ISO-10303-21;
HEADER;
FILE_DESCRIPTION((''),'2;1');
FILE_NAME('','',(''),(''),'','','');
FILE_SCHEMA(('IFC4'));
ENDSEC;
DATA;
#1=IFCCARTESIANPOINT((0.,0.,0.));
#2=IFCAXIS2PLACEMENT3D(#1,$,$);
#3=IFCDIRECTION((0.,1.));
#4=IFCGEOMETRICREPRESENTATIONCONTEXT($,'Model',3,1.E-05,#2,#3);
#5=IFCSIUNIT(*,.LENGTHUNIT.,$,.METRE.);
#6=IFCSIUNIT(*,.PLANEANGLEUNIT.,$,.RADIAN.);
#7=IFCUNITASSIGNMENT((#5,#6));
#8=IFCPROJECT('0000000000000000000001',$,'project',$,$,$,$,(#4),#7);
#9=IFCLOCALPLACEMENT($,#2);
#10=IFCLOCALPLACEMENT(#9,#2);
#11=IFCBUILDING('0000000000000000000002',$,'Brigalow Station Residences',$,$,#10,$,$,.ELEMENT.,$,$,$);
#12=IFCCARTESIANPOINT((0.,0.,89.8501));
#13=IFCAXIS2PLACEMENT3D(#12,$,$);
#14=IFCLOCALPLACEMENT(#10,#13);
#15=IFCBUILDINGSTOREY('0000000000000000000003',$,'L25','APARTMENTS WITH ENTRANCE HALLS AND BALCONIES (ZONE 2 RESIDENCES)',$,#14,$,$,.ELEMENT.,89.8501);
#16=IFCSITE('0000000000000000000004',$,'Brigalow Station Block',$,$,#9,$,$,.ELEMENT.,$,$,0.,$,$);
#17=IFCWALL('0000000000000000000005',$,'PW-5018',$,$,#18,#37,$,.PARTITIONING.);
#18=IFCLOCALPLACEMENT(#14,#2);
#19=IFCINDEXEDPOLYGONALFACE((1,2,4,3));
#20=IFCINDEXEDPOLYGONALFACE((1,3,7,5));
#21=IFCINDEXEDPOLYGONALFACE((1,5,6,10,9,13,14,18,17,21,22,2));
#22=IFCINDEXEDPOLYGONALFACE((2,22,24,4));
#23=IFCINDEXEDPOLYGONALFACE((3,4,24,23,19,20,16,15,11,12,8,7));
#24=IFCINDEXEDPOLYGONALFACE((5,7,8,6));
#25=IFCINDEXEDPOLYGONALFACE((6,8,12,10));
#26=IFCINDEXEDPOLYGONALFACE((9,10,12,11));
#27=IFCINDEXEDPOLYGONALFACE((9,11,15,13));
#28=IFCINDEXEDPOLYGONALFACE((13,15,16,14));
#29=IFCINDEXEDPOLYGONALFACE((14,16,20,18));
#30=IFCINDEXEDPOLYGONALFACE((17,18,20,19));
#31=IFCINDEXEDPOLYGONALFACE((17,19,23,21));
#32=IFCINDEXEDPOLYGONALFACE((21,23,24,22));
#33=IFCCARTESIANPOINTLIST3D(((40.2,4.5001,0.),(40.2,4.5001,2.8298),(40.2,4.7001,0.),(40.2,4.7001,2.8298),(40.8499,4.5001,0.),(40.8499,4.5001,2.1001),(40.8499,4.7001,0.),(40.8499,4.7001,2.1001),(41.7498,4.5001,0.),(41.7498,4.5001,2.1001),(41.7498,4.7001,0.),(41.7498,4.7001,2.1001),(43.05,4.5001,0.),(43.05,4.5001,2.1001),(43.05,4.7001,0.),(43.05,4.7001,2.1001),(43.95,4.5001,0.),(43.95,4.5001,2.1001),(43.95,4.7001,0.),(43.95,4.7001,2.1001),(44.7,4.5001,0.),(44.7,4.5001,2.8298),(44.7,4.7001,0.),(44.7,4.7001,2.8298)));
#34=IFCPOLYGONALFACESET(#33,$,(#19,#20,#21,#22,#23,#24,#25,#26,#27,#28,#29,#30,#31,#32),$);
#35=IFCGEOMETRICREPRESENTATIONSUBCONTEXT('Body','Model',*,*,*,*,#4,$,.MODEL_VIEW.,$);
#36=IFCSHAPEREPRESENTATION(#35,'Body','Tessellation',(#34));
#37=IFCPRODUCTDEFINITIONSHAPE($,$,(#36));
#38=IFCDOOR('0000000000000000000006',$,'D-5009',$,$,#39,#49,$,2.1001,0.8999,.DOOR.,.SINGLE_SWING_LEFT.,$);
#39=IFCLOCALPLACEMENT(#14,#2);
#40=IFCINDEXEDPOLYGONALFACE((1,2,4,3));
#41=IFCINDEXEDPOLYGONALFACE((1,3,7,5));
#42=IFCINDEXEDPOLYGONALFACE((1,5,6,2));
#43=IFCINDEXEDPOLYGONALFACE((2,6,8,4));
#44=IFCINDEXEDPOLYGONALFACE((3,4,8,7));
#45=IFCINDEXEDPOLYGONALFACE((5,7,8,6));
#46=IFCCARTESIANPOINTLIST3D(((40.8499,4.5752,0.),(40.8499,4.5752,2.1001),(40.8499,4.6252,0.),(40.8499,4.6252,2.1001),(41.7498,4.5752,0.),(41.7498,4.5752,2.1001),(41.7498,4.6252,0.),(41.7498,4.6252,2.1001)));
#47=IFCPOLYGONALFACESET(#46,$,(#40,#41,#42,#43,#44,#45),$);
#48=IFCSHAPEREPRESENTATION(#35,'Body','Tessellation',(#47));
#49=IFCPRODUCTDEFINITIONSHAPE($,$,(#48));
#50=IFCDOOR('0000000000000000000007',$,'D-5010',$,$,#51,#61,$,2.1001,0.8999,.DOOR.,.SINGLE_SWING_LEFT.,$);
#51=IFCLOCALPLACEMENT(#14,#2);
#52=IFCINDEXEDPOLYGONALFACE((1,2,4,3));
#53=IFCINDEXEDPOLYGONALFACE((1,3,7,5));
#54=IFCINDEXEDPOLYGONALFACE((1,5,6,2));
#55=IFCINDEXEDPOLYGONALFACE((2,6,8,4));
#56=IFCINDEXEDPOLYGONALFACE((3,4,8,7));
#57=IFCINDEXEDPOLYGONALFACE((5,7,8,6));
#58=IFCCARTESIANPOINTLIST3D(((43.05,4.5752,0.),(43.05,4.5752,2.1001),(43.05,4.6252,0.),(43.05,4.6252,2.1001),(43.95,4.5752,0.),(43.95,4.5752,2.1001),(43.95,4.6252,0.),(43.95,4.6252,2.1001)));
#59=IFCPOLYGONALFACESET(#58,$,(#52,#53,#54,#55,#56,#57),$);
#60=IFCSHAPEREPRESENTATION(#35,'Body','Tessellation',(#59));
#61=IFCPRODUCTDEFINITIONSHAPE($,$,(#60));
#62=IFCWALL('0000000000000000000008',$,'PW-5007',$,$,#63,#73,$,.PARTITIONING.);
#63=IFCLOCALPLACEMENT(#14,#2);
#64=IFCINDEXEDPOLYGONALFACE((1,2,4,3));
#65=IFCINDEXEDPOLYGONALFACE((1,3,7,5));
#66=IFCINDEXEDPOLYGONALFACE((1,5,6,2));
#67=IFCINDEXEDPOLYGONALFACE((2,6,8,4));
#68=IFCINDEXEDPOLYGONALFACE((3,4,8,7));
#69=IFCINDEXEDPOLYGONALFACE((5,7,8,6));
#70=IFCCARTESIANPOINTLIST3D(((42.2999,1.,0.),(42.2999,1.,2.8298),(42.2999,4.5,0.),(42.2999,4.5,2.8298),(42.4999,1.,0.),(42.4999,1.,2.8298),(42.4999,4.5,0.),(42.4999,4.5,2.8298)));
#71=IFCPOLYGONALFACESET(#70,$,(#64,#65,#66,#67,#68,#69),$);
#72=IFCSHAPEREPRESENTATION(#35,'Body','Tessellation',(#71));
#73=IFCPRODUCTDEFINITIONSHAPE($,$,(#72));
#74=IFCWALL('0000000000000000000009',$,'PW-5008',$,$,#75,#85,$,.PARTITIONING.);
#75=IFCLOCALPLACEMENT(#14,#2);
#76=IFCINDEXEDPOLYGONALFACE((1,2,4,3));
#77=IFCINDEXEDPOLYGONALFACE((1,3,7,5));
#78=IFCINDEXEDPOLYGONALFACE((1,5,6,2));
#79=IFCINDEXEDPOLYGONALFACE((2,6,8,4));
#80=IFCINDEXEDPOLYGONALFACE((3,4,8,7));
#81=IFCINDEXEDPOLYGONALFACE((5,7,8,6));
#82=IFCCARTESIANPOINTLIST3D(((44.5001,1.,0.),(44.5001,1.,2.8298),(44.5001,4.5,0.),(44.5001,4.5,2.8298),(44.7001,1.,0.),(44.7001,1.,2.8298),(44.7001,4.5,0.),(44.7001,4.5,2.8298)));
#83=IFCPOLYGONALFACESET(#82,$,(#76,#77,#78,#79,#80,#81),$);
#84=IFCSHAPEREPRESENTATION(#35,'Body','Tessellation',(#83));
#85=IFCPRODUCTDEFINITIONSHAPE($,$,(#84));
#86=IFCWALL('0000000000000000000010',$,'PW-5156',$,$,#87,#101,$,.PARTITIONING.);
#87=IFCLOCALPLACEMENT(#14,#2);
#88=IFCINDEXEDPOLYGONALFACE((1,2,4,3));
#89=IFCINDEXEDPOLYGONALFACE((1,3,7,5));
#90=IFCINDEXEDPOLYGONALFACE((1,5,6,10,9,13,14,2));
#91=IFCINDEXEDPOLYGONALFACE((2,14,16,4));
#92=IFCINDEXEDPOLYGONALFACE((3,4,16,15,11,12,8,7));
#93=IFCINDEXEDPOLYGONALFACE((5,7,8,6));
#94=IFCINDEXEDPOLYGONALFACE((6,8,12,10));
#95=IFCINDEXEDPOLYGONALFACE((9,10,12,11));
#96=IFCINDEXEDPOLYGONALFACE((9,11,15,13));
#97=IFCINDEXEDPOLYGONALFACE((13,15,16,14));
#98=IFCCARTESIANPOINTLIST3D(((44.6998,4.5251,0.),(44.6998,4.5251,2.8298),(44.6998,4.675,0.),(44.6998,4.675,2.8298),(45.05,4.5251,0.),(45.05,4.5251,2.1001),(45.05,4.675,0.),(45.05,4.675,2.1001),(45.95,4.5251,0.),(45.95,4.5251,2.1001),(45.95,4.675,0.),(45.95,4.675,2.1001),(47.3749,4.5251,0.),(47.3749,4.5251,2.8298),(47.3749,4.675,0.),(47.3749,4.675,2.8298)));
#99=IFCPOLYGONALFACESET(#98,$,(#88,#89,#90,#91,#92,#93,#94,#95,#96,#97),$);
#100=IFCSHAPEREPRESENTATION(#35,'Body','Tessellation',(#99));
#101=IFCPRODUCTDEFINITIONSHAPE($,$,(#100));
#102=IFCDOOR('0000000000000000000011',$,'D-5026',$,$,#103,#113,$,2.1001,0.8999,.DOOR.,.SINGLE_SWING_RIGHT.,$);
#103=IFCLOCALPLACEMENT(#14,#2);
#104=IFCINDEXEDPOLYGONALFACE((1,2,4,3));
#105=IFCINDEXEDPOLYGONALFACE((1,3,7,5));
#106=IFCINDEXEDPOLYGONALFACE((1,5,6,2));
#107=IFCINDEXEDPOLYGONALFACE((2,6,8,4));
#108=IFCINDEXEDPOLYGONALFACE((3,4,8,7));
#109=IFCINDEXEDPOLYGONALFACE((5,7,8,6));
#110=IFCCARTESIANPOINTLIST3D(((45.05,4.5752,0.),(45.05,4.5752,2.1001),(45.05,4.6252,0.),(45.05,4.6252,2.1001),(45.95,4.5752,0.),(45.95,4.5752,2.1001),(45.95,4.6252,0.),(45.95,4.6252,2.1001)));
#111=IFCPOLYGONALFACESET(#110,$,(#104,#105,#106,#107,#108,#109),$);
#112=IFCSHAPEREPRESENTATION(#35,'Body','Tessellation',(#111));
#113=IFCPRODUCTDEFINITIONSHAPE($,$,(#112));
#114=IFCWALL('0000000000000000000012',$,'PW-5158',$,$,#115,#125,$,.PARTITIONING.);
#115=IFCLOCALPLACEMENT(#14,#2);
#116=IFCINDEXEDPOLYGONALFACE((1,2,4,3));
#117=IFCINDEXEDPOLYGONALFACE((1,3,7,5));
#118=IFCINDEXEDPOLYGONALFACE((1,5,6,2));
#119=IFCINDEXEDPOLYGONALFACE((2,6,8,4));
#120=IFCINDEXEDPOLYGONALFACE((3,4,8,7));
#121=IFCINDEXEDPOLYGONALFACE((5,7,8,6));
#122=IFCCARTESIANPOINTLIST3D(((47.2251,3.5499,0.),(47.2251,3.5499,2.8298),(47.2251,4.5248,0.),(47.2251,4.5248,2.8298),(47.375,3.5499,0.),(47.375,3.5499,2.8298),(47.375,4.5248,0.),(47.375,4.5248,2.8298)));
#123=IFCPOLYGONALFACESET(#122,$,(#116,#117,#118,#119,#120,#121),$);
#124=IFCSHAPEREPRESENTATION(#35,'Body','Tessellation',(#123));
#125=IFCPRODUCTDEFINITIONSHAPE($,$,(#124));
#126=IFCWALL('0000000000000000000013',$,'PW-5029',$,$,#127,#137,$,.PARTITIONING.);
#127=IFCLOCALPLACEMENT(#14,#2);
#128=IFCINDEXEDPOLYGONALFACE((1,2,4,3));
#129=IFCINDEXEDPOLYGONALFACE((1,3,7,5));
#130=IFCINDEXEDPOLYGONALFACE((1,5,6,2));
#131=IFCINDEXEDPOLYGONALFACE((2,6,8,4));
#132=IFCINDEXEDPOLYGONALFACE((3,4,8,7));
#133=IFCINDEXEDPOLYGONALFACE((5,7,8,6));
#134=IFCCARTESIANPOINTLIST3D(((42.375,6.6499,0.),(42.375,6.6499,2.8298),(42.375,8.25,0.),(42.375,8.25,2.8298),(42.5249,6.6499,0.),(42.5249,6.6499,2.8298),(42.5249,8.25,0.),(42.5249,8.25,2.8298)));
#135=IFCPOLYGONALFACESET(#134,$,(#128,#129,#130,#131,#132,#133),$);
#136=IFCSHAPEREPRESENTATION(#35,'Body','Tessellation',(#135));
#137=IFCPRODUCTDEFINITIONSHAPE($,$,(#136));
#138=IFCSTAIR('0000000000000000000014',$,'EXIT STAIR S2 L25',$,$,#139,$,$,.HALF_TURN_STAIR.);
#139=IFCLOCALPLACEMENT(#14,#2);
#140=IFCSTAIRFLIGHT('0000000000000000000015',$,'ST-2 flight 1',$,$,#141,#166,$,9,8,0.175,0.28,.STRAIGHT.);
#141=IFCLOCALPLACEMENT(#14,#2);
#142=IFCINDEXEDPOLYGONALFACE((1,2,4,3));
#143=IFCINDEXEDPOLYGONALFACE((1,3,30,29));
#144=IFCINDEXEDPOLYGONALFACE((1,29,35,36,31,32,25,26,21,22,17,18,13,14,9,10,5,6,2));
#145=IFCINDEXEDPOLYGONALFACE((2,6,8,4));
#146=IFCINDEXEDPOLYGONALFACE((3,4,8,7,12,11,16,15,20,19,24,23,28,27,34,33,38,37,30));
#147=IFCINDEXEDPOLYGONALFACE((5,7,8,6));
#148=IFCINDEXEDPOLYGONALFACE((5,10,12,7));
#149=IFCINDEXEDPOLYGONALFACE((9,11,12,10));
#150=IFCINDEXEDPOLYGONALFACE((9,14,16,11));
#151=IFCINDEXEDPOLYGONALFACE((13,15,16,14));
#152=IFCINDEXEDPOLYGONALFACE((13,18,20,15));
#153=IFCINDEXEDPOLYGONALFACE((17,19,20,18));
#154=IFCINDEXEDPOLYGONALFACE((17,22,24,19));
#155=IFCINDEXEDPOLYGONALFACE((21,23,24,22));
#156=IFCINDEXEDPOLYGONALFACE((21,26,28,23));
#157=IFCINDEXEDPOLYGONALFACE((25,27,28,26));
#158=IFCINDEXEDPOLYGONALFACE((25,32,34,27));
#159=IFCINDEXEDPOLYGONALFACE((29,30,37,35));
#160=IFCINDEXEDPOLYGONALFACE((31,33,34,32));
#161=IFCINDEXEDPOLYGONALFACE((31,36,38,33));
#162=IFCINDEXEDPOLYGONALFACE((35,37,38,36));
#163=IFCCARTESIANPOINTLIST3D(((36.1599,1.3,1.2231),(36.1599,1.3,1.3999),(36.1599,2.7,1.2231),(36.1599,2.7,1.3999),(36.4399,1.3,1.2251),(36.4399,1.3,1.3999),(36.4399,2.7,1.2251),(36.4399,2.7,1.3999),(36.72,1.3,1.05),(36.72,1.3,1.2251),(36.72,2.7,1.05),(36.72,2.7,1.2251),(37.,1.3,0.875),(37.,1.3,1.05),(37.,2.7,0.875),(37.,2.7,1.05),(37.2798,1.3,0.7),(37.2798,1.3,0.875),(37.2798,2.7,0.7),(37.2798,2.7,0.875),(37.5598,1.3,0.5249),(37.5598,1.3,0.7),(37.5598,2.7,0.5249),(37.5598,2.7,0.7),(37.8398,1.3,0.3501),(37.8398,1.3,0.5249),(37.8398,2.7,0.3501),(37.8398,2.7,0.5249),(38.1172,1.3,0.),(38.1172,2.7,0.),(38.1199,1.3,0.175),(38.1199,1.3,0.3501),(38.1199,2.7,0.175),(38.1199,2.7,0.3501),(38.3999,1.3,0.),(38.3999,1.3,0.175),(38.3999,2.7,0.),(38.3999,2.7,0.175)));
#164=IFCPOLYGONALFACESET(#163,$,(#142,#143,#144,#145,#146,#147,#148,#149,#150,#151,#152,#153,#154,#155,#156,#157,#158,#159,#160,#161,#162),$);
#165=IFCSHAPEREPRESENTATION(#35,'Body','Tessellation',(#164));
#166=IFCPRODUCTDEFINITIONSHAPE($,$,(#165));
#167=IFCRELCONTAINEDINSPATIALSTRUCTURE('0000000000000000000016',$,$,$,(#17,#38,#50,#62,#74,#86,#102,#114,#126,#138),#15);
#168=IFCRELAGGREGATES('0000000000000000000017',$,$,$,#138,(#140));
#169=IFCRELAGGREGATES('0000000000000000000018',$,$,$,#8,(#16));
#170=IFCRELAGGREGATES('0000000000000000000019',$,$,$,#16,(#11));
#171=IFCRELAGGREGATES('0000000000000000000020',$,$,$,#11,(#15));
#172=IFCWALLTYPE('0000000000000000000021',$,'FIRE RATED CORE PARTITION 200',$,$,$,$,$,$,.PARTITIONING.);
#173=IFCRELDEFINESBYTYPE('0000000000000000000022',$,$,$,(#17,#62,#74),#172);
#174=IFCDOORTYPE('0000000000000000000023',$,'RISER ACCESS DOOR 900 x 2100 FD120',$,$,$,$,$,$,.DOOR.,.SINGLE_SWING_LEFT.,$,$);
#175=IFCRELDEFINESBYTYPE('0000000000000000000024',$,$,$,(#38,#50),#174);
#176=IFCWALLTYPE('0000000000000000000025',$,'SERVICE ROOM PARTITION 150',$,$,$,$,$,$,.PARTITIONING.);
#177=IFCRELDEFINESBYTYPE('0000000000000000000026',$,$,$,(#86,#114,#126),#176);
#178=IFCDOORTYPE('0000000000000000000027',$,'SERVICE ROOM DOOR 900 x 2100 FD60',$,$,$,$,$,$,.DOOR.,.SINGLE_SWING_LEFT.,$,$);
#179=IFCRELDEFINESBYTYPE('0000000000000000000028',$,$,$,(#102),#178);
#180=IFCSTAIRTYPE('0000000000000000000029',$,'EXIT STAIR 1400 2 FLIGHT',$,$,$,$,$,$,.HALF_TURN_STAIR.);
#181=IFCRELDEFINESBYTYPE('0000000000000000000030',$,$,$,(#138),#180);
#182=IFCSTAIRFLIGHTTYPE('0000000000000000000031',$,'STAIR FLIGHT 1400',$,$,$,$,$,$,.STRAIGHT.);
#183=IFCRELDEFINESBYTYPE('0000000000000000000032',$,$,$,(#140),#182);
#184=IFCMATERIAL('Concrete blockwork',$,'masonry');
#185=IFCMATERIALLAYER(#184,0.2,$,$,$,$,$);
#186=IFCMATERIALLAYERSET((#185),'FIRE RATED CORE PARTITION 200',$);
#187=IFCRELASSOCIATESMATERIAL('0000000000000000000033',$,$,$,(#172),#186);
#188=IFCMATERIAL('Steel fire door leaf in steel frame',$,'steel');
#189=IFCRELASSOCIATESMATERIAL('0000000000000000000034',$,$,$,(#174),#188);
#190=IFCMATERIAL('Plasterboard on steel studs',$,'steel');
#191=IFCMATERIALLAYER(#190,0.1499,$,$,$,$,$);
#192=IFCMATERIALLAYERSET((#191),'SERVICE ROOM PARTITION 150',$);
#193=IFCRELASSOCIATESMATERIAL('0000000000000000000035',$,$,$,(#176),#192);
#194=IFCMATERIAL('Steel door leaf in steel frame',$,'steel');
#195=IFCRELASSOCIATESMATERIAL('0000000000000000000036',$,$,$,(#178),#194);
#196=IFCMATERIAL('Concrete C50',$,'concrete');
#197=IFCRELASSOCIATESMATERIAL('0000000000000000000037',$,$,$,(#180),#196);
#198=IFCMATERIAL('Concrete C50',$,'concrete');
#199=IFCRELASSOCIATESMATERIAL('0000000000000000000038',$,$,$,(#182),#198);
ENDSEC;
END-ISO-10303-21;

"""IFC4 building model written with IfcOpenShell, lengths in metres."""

from ifc_helpers import new_model, si_unit, direction, frame, frame_2d, origin, place, context, subcontext, project, spatial, polyline, rectangle, outline, extrude, material, layer, layer_set, type_object, element, fill, aggregate, save


model = new_model("IFC4")

# Units and contexts
model_context = context("Model", 3, precision=1e-05, world=origin(), true_north=direction((0.0, 1.0)))
body_context = subcontext(model_context, "Body", "Model", "MODEL_VIEW")
ifc_project = project(units=[si_unit("LENGTHUNIT", "METRE"), si_unit("PLANEANGLEUNIT", "RADIAN")], contexts=[model_context])

# Site, building, storey
site_placement = place(None, origin())
site = spatial("IfcSite", under=ifc_project, at=site_placement, Name="Brigalow Station Block", CompositionType="ELEMENT", RefElevation=0.0)
building_placement = place(site_placement, origin())
building = spatial("IfcBuilding", under=site, at=building_placement, Name="Brigalow Station Residences", CompositionType="ELEMENT")
storey_placement = place(building_placement, frame((0.0, 0.0, 89.8501)))
storey = spatial("IfcBuildingStorey", under=building, at=storey_placement, Name="L25", Description="APARTMENTS WITH ENTRANCE HALLS AND BALCONIES (ZONE 2 RESIDENCES)", CompositionType="ELEMENT", Elevation=89.8501)

# Wall, openings, doors
ifc_material_1 = material(Name="Concrete blockwork", Category="masonry")
ifc_layer_1 = layer(ifc_material_1, 0.2)
ifc_layer_set_1 = layer_set([ifc_layer_1], Name="FIRE RATED CORE PARTITION 200")
wall_type_1 = type_object("IfcWallType", Name="FIRE RATED CORE PARTITION 200", PredefinedType="PARTITIONING", material=ifc_layer_set_1)
wall_1_placement = place(storey_placement, frame((40.2, 4.6001, 0.0), z_axis=(0.0, 0.0, 1.0), x_axis=(1.0, 0.0, 0.0)))
wall_1 = element("IfcWall", 1, at=wall_1_placement, inside=storey, type_object=wall_type_1, Name="PW-5018", PredefinedType="PARTITIONING", context=body_context, shape_type="SweptSolid", body=[
    extrude(rectangle(XDim=4.5, YDim=0.2, at=frame_2d((2.25, 0.0))), origin(), (0.0, 0.0, 1.0), 2.8298),
])
opening_1_placement = place(wall_1_placement, frame((0.6499, 0.0, 0.0)))
opening_1 = element("IfcOpeningElement", 2, at=opening_1_placement, cuts=wall_1, PredefinedType="OPENING", context=body_context, shape_type="SweptSolid", body=[
    extrude(rectangle(XDim=0.8999, YDim=2.1001, at=frame_2d((0.45, 1.05))), frame((0.0, 0.1099, 0.0), z_axis=(0.0, -1.0, 0.0), x_axis=(1.0, 0.0, 0.0)), (0.0, 0.0, 1.0), 0.22),
])
opening_2_placement = place(wall_1_placement, frame((2.8501, 0.0, 0.0)))
opening_2 = element("IfcOpeningElement", 3, at=opening_2_placement, cuts=wall_1, PredefinedType="OPENING", context=body_context, shape_type="SweptSolid", body=[
    extrude(rectangle(XDim=0.8999, YDim=2.1001, at=frame_2d((0.45, 1.05))), frame((0.0, 0.1099, 0.0), z_axis=(0.0, -1.0, 0.0), x_axis=(1.0, 0.0, 0.0)), (0.0, 0.0, 1.0), 0.22),
])
ifc_material_2 = material(Name="Steel fire door leaf in steel frame", Category="steel")
door_type_1 = type_object("IfcDoorType", Name="RISER ACCESS DOOR 900 x 2100 FD120", OperationType="SINGLE_SWING_LEFT", PredefinedType="DOOR", material=ifc_material_2)
door_1_placement = place(opening_1_placement, frame((0.8999, 0.0, 0.0), z_axis=(0.0, 0.0, 1.0), x_axis=(-1.0, 0.0, 0.0)))
door_1 = element("IfcDoor", 4, at=door_1_placement, inside=storey, type_object=door_type_1, Name="D-5009", OperationType="SINGLE_SWING_LEFT", OverallHeight=2.1001, OverallWidth=0.8999, PredefinedType="DOOR", context=body_context, shape_type="SweptSolid", body=[
    extrude(rectangle(XDim=0.8999, YDim=2.1001, at=frame_2d((0.45, 1.05))), frame((0.0, 0.0249, 0.0), z_axis=(0.0, -1.0, 0.0), x_axis=(1.0, 0.0, 0.0)), (0.0, 0.0, 1.0), 0.05),
])
fill(opening_1, door_1)
door_2_placement = place(opening_2_placement, frame((0.8999, 0.0, 0.0), z_axis=(0.0, 0.0, 1.0), x_axis=(-1.0, 0.0, 0.0)))
door_2 = element("IfcDoor", 5, at=door_2_placement, inside=storey, type_object=door_type_1, Name="D-5010", OperationType="SINGLE_SWING_LEFT", OverallHeight=2.1001, OverallWidth=0.8999, PredefinedType="DOOR", context=body_context, shape_type="SweptSolid", body=[
    extrude(rectangle(XDim=0.8999, YDim=2.1001, at=frame_2d((0.45, 1.05))), frame((0.0, 0.0249, 0.0), z_axis=(0.0, -1.0, 0.0), x_axis=(1.0, 0.0, 0.0)), (0.0, 0.0, 1.0), 0.05),
])
fill(opening_2, door_2)

# Walls
for number, where, z_axis, x_axis, name in (
    (6, (42.3999, 1.0, 0.0), (0.0, 0.0, 1.0), (0.0, 1.0, 0.0), "PW-5007"),
    (7, (44.6001, 1.0, 0.0), (0.0, 0.0, 1.0), (0.0, 1.0, 0.0), "PW-5008"),
):
    element("IfcWall", number, at=place(storey_placement, frame(where, z_axis=z_axis, x_axis=x_axis)), inside=storey, type_object=wall_type_1, Name=name, PredefinedType="PARTITIONING", context=body_context, shape_type="SweptSolid", body=[
        extrude(rectangle(XDim=3.5, YDim=0.2, at=frame_2d((1.75, 0.0))), origin(), (0.0, 0.0, 1.0), 2.8298),
    ])

# Wall, opening, door
ifc_material_3 = material(Name="Plasterboard on steel studs", Category="steel")
ifc_layer_2 = layer(ifc_material_3, 0.1499)
ifc_layer_set_2 = layer_set([ifc_layer_2], Name="SERVICE ROOM PARTITION 150")
wall_type_2 = type_object("IfcWallType", Name="SERVICE ROOM PARTITION 150", PredefinedType="PARTITIONING", material=ifc_layer_set_2)
wall_2_placement = place(storey_placement, frame((44.7, 4.6001, 0.0), z_axis=(0.0, 0.0, 1.0), x_axis=(1.0, 0.0, 0.0)))
wall_2 = element("IfcWall", 8, at=wall_2_placement, inside=storey, type_object=wall_type_2, Name="PW-5156", PredefinedType="PARTITIONING", context=body_context, shape_type="SweptSolid", body=[
    extrude(rectangle(XDim=2.675, YDim=0.1499, at=frame_2d((1.3374, 0.0))), origin(), (0.0, 0.0, 1.0), 2.8298),
])
opening_3_placement = place(wall_2_placement, frame((0.3501, 0.0, 0.0)))
opening_3 = element("IfcOpeningElement", 9, at=opening_3_placement, cuts=wall_2, PredefinedType="OPENING", context=body_context, shape_type="SweptSolid", body=[
    extrude(rectangle(XDim=0.8999, YDim=2.1001, at=frame_2d((0.45, 1.05))), frame((0.0, 0.085, 0.0), z_axis=(0.0, -1.0, 0.0), x_axis=(1.0, 0.0, 0.0)), (0.0, 0.0, 1.0), 0.1699),
])
ifc_material_4 = material(Name="Steel door leaf in steel frame", Category="steel")
door_type_2 = type_object("IfcDoorType", Name="SERVICE ROOM DOOR 900 x 2100 FD60", OperationType="SINGLE_SWING_LEFT", PredefinedType="DOOR", material=ifc_material_4)
door_3_placement = place(opening_3_placement, frame((0.8999, 0.0, 0.0), z_axis=(0.0, 0.0, 1.0), x_axis=(-1.0, 0.0, 0.0)))
door_3 = element("IfcDoor", 10, at=door_3_placement, inside=storey, type_object=door_type_2, Name="D-5026", OperationType="SINGLE_SWING_RIGHT", OverallHeight=2.1001, OverallWidth=0.8999, PredefinedType="DOOR", context=body_context, shape_type="SweptSolid", body=[
    extrude(rectangle(XDim=0.8999, YDim=2.1001, at=frame_2d((0.45, 1.05))), frame((0.0, 0.0249, 0.0), z_axis=(0.0, -1.0, 0.0), x_axis=(1.0, 0.0, 0.0)), (0.0, 0.0, 1.0), 0.05),
])
fill(opening_3, door_3)

# Walls
wall_3_placement = place(storey_placement, frame((47.3, 3.55, 0.0), z_axis=(0.0, 0.0, 1.0), x_axis=(0.0, 1.0, 0.0)))
element("IfcWall", 11, at=wall_3_placement, inside=storey, type_object=wall_type_2, Name="PW-5158", PredefinedType="PARTITIONING", context=body_context, shape_type="SweptSolid", body=[
    extrude(rectangle(XDim=0.9749, YDim=0.1499, at=frame_2d((0.4873, 0.0))), origin(), (0.0, 0.0, 1.0), 2.8298),
])
wall_4_placement = place(storey_placement, frame((42.45, 6.6499, 0.0), z_axis=(0.0, 0.0, 1.0), x_axis=(0.0, 1.0, 0.0)))
element("IfcWall", 12, at=wall_4_placement, inside=storey, type_object=wall_type_2, Name="PW-5029", PredefinedType="PARTITIONING", context=body_context, shape_type="SweptSolid", body=[
    extrude(rectangle(XDim=1.6001, YDim=0.1499, at=frame_2d((0.8, 0.0))), origin(), (0.0, 0.0, 1.0), 2.8298),
])

# Stair, stair flight
ifc_material_5 = material(Name="Concrete C50", Category="concrete")
stair_type = type_object("IfcStairType", Name="EXIT STAIR 1400 2 FLIGHT", PredefinedType="HALF_TURN_STAIR", material=ifc_material_5)
stair_placement = place(storey_placement, origin())
stair = element("IfcStair", 13, at=stair_placement, inside=storey, type_object=stair_type, Name="EXIT STAIR S2 L25", PredefinedType="HALF_TURN_STAIR")
ifc_material_6 = material(Name="Concrete C50", Category="concrete")
stair_flight_type = type_object("IfcStairFlightType", Name="STAIR FLIGHT 1400", PredefinedType="STRAIGHT", material=ifc_material_6)
stair_flight_placement = place(storey_placement, frame((38.3999, 2.0, 0.0), z_axis=(0.0, 0.0, 1.0), x_axis=(-1.0, 0.0, 0.0)))
stair_flight = element("IfcStairFlight", 14, at=stair_flight_placement, type_object=stair_flight_type, Name="ST-2 flight 1", NumberOfRisers=9, NumberOfTreads=8, PredefinedType="STRAIGHT", RiserHeight=0.175, TreadLength=0.28, context=body_context, shape_type="SweptSolid", body=[
    extrude(outline(polyline([(0.0, 0.0), (0.0, 0.175), (0.28, 0.175), (0.28, 0.3501), (0.5601, 0.3501), (0.5601, 0.5249), (0.8401, 0.5249), (0.8401, 0.7), (1.1201, 0.7), (1.1201, 0.875), (1.3999, 0.875), (1.3999, 1.05), (1.6799, 1.05), (1.6799, 1.2251), (1.96, 1.2251), (1.96, 1.3999), (2.24, 1.3999), (2.24, 1.575), (2.24, 1.2231), (0.2827, 0.0), (0.0, 0.0)])), frame((0.0, 0.7, 0.0), z_axis=(0.0, -1.0, 0.0), x_axis=(1.0, 0.0, 0.0)), (0.0, 0.0, 1.0), 1.3999),
])
aggregate(stair, [stair_flight])

save(model, "model.ifc")
